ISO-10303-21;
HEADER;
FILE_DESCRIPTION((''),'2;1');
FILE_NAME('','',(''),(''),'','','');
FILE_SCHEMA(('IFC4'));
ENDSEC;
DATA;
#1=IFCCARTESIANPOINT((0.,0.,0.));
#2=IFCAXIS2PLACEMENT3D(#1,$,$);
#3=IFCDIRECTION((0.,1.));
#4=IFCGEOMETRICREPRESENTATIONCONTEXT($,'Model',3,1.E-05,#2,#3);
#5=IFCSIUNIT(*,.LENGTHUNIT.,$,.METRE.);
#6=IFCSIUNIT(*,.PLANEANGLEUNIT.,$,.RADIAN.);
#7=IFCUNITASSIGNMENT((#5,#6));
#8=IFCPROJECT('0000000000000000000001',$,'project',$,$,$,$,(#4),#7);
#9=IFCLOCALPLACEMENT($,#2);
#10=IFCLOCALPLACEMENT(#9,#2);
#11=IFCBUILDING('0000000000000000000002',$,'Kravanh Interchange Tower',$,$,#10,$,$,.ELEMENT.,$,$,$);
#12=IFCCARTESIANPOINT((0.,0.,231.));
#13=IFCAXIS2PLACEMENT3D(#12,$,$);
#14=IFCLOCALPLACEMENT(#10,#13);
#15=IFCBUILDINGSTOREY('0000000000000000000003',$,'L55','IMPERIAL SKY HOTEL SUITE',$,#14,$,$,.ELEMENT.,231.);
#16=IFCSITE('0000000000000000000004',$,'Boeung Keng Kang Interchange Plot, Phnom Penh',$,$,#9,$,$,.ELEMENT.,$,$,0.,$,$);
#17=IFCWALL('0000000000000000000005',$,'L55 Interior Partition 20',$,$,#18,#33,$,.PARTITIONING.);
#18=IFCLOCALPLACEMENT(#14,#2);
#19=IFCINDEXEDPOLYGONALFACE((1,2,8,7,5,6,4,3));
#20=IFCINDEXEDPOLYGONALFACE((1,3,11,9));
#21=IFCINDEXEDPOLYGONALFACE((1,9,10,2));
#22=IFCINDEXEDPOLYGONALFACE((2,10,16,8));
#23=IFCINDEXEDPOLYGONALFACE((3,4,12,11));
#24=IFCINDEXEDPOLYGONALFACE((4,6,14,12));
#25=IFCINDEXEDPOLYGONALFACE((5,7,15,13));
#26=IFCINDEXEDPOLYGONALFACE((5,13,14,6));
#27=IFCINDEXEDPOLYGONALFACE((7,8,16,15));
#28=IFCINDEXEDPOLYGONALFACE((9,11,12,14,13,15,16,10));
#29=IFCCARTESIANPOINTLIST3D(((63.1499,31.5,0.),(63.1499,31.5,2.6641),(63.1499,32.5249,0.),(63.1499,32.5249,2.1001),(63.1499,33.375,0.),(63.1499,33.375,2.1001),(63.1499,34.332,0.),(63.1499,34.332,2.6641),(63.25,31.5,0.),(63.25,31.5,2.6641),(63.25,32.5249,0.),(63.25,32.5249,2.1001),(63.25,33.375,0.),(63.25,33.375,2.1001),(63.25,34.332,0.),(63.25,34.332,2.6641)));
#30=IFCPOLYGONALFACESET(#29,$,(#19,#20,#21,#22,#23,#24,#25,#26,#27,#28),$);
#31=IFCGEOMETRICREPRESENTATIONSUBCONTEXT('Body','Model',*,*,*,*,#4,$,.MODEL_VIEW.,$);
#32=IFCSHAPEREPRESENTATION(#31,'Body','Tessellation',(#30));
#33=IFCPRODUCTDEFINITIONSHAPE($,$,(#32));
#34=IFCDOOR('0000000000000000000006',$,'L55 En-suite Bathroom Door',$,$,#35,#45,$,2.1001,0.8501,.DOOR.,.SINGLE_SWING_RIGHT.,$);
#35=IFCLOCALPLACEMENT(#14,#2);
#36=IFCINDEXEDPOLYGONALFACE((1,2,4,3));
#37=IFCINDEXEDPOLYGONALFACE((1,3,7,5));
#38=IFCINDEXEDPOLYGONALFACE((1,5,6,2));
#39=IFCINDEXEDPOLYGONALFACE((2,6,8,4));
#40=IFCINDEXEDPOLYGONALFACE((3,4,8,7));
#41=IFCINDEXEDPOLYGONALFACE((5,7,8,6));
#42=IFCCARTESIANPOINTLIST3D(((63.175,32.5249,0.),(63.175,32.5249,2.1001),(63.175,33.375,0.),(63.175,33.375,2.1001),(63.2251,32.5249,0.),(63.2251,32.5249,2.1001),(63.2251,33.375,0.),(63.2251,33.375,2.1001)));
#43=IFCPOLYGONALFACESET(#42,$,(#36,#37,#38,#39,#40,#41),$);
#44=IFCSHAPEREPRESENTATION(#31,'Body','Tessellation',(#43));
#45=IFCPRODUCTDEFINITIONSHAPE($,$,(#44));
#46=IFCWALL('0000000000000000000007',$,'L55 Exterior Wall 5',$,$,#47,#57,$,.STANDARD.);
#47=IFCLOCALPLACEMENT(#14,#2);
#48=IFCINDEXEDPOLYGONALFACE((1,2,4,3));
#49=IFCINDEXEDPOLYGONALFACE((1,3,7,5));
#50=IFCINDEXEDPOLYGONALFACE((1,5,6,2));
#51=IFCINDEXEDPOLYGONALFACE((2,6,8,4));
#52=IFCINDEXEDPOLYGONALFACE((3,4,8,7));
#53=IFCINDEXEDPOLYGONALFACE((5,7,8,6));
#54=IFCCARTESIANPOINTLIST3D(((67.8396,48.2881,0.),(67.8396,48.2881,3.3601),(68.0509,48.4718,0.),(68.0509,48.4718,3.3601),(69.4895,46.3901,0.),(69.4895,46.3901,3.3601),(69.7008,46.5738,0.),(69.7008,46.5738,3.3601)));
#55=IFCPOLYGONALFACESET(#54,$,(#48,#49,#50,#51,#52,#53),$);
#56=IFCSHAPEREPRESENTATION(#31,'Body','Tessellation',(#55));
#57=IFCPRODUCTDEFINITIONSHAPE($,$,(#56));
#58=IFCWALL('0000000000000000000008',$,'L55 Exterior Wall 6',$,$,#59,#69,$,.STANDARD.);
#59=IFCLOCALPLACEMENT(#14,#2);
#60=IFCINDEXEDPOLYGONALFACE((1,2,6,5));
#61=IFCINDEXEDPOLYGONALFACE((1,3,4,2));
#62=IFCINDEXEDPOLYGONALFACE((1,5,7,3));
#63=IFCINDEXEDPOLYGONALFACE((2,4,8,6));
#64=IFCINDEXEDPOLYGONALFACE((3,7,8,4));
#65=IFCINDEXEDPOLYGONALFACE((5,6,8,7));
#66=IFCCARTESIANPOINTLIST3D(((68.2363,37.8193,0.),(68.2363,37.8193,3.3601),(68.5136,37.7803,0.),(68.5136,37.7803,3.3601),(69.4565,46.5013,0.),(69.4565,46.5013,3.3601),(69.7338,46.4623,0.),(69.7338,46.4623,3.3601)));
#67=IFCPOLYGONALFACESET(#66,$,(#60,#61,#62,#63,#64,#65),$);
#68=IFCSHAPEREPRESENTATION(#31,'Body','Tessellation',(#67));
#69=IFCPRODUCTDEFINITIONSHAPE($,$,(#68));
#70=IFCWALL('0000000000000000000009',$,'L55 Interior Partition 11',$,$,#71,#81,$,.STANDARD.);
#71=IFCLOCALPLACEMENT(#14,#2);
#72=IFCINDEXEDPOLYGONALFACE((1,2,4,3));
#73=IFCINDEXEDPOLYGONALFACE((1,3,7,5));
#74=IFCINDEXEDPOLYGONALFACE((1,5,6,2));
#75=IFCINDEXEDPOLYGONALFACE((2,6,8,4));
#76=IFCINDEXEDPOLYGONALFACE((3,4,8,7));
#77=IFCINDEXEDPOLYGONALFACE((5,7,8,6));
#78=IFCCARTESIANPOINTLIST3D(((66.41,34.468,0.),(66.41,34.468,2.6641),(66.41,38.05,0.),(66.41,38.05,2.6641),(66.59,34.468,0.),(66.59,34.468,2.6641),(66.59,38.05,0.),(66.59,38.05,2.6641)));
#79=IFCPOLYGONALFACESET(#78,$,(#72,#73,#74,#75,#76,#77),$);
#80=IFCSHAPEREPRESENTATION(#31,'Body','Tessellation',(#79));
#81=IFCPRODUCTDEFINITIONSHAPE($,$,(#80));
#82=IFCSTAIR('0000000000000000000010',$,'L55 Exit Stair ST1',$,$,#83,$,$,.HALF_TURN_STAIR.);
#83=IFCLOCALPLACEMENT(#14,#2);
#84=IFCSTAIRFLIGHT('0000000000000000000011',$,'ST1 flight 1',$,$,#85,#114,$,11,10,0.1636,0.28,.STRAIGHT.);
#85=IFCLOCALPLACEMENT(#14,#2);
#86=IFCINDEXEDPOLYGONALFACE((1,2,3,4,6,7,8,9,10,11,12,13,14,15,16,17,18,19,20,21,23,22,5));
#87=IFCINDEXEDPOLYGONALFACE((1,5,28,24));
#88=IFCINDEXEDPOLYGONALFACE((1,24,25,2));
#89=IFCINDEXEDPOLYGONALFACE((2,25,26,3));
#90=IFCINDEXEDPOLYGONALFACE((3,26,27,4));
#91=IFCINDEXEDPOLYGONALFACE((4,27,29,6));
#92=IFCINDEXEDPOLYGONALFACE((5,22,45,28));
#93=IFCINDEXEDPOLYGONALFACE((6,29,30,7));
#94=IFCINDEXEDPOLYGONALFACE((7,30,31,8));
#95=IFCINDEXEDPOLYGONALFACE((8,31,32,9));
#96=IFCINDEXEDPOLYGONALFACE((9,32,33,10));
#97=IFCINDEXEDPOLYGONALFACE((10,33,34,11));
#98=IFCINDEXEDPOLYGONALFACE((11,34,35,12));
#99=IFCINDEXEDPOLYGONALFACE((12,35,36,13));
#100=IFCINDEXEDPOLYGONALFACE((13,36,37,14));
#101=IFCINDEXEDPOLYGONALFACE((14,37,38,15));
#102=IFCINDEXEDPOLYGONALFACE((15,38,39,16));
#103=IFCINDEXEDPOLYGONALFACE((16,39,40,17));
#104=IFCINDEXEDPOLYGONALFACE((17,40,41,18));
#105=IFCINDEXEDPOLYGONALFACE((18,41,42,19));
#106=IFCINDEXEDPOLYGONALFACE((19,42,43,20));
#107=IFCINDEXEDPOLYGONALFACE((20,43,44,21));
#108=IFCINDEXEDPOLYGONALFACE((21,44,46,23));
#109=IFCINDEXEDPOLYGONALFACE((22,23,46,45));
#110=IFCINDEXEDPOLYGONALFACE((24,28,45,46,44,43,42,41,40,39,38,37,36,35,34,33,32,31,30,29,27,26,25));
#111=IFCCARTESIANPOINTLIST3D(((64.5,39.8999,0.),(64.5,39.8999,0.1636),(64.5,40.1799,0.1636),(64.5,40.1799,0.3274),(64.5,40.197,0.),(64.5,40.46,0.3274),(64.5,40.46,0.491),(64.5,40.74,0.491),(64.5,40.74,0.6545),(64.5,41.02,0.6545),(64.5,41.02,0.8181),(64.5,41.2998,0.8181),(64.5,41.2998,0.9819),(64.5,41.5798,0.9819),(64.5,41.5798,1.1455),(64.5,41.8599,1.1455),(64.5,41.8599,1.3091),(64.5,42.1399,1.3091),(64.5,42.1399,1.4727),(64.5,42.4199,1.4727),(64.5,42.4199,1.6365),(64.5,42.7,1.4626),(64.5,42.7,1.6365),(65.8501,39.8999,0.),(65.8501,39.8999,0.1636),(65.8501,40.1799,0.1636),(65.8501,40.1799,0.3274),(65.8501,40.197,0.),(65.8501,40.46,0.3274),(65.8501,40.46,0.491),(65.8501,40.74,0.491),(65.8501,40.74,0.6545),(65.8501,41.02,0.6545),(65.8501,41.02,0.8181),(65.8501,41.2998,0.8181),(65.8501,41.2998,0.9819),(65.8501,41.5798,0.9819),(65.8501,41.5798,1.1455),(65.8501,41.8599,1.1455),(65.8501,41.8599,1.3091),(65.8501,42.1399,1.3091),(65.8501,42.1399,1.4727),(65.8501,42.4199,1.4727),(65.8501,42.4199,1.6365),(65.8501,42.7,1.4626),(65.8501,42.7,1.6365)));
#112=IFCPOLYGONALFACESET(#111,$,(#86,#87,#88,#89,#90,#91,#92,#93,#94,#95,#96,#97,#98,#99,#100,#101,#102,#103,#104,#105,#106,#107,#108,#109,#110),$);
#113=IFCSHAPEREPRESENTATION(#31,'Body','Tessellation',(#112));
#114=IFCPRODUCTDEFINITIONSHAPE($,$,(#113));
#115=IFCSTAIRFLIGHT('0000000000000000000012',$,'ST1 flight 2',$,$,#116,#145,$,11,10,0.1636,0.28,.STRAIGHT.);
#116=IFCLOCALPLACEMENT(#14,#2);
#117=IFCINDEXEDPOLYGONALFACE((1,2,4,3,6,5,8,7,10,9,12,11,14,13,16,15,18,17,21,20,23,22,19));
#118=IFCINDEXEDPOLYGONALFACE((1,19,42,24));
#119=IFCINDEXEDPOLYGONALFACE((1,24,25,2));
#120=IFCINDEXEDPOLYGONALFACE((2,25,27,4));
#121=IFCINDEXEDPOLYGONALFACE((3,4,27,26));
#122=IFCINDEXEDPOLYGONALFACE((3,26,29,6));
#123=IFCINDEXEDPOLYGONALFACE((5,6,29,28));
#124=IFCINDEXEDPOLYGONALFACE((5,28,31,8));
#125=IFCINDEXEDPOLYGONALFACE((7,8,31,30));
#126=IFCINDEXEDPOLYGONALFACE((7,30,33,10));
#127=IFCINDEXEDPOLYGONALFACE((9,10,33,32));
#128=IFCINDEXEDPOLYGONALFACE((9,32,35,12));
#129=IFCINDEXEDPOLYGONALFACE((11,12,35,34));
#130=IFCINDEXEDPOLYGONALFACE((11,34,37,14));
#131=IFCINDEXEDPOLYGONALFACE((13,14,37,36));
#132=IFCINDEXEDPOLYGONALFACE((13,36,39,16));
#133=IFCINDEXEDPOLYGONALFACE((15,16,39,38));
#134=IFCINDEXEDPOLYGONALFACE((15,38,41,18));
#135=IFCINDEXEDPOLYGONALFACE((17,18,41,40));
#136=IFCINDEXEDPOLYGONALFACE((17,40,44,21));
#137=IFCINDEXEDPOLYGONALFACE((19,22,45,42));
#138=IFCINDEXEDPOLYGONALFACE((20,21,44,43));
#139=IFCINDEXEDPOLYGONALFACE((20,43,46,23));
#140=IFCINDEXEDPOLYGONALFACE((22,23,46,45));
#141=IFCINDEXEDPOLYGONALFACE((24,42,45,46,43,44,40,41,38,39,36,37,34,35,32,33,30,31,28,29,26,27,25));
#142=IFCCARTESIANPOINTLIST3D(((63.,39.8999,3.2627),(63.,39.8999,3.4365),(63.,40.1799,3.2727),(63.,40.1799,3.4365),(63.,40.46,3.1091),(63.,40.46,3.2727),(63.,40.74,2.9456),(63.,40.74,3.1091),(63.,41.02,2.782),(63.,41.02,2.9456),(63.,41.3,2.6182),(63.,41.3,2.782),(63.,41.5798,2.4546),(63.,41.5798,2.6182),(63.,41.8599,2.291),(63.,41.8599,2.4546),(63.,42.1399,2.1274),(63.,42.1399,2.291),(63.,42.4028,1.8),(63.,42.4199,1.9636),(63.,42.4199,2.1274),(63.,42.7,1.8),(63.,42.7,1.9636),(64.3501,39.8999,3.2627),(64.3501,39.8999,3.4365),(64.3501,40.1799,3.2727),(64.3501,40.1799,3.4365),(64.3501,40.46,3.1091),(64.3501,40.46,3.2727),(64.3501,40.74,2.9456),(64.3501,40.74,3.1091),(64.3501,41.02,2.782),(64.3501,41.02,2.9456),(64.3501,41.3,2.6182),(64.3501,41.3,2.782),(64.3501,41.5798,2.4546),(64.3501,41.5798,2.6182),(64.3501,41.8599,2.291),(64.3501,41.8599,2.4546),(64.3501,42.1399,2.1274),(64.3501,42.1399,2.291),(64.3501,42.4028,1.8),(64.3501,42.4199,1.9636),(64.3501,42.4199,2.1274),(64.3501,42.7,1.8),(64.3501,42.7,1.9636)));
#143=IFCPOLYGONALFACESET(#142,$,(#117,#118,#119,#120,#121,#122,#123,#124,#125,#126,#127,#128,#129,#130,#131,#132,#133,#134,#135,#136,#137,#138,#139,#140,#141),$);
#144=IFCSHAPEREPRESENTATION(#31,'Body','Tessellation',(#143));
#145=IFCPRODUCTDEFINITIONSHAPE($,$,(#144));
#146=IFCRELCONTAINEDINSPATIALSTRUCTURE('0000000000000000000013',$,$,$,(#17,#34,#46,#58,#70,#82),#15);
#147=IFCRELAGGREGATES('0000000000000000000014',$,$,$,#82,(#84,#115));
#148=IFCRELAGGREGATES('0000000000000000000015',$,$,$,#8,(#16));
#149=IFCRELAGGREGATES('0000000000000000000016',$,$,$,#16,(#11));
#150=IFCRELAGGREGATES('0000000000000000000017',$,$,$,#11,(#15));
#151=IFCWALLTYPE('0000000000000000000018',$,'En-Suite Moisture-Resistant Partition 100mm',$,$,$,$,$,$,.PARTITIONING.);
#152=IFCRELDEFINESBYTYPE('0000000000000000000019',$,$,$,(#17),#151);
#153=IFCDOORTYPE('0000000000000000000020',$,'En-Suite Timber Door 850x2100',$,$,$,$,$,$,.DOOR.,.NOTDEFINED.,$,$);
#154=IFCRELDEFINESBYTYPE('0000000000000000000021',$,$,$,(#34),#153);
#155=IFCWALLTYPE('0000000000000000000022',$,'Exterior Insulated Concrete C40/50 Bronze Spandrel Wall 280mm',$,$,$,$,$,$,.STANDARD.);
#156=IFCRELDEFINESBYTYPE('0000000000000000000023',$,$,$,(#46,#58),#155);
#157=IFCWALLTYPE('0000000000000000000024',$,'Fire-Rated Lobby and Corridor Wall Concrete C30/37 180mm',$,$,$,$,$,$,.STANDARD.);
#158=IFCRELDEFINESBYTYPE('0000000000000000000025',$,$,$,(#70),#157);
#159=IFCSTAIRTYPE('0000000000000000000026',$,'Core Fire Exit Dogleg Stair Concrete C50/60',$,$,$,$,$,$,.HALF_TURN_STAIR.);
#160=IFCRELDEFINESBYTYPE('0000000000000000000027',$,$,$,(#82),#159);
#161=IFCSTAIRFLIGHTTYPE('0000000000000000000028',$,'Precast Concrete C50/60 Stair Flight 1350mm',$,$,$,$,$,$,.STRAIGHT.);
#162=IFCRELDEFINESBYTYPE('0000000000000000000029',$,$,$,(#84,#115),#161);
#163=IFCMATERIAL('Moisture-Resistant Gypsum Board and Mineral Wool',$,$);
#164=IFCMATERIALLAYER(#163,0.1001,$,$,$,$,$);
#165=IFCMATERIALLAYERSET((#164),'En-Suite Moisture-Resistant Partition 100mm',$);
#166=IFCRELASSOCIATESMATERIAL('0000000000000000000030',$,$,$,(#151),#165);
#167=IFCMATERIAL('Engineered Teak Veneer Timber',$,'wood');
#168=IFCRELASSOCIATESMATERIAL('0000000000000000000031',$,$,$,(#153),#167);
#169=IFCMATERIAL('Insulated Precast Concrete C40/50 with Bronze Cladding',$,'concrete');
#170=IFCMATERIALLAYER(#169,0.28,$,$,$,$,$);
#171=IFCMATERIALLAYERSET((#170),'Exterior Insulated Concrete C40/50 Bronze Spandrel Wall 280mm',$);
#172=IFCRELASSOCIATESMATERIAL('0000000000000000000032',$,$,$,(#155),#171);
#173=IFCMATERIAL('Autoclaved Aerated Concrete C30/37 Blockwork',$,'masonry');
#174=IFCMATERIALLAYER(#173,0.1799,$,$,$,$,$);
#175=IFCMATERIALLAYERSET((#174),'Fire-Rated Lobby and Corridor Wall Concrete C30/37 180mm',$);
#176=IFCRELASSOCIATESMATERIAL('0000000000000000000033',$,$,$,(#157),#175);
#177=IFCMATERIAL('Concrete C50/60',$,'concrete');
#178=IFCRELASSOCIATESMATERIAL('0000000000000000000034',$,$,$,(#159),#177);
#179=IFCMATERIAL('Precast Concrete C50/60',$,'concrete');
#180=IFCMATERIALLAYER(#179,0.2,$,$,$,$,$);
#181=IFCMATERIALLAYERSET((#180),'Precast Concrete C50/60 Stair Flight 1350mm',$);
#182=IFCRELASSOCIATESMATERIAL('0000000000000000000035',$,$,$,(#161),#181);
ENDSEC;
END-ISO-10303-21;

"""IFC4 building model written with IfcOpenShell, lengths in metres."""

from ifc_helpers import new_model, si_unit, direction, frame, frame_2d, origin, place, context, subcontext, project, spatial, polyline, rectangle, outline, extrude, material, layer, layer_set, type_object, element, fill, aggregate, save


model = new_model("IFC4")

# Units and contexts
model_context = context("Model", 3, precision=1e-05, world=origin(), true_north=direction((0.0, 1.0)))
body_context = subcontext(model_context, "Body", "Model", "MODEL_VIEW")
ifc_project = project(units=[si_unit("LENGTHUNIT", "METRE"), si_unit("PLANEANGLEUNIT", "RADIAN")], contexts=[model_context])

# Site, building, storey
site_placement = place(None, origin())
site = spatial("IfcSite", under=ifc_project, at=site_placement, Name="Boeung Keng Kang Interchange Plot, Phnom Penh", CompositionType="ELEMENT", RefElevation=0.0)
building_placement = place(site_placement, origin())
building = spatial("IfcBuilding", under=site, at=building_placement, Name="Kravanh Interchange Tower", CompositionType="ELEMENT")
storey_placement = place(building_placement, frame((0.0, 0.0, 231.0)))
storey = spatial("IfcBuildingStorey", under=building, at=storey_placement, Name="L55", Description="IMPERIAL SKY HOTEL SUITE", CompositionType="ELEMENT", Elevation=231.0)

# Shared definitions
ifc_material_1 = material(Name="Moisture-Resistant Gypsum Board and Mineral Wool")
ifc_layer_1 = layer(ifc_material_1, 0.1001)
ifc_layer_set_1 = layer_set([ifc_layer_1], Name="En-Suite Moisture-Resistant Partition 100mm")
wall_type_1 = type_object("IfcWallType", Name="En-Suite Moisture-Resistant Partition 100mm", PredefinedType="PARTITIONING", material=ifc_layer_set_1)

# Wall, opening, door
wall_1_placement = place(storey_placement, frame((63.2, 31.5, 0.0), z_axis=(0.0, 0.0, 1.0), x_axis=(0.0, 1.0, 0.0)))
wall_1 = element("IfcWall", 1, at=wall_1_placement, inside=storey, type_object=wall_type_1, Name="L55 Interior Partition 20", PredefinedType="PARTITIONING", context=body_context, shape_type="SweptSolid", body=[
    extrude(rectangle(XDim=2.832, YDim=0.1001, at=frame_2d((1.416, 0.0))), origin(), (0.0, 0.0, 1.0), 2.6641),
])
opening_1_placement = place(wall_1_placement, frame((1.0249, 0.0, 0.0)))
opening_1 = element("IfcOpeningElement", 2, at=opening_1_placement, cuts=wall_1, PredefinedType="OPENING", context=body_context, shape_type="SweptSolid", body=[
    extrude(rectangle(XDim=0.8501, YDim=2.1001, at=frame_2d((0.425, 1.05))), frame((0.0, 0.0601, 0.0), z_axis=(0.0, -1.0, 0.0), x_axis=(1.0, 0.0, 0.0)), (0.0, 0.0, 1.0), 0.1201),
])
ifc_material_2 = material(Name="Engineered Teak Veneer Timber", Category="wood")
door_type_1 = type_object("IfcDoorType", Name="En-Suite Timber Door 850x2100", OperationType="NOTDEFINED", PredefinedType="DOOR", material=ifc_material_2)
door_1_placement = place(opening_1_placement, origin())
door_1 = element("IfcDoor", 3, at=door_1_placement, inside=storey, type_object=door_type_1, Name="L55 En-suite Bathroom Door", OperationType="SINGLE_SWING_RIGHT", OverallHeight=2.1001, OverallWidth=0.8501, PredefinedType="DOOR", context=body_context, shape_type="SweptSolid", body=[
    extrude(rectangle(XDim=0.8501, YDim=2.1001, at=frame_2d((0.425, 1.05))), frame((0.0, 0.0249, 0.0), z_axis=(0.0, -1.0, 0.0), x_axis=(1.0, 0.0, 0.0)), (0.0, 0.0, 1.0), 0.05),
])
fill(opening_1, door_1)

# Walls
ifc_material_3 = material(Name="Insulated Precast Concrete C40/50 with Bronze Cladding", Category="concrete")
ifc_layer_2 = layer(ifc_material_3, 0.28)
ifc_layer_set_2 = layer_set([ifc_layer_2], Name="Exterior Insulated Concrete C40/50 Bronze Spandrel Wall 280mm")
wall_type_2 = type_object("IfcWallType", Name="Exterior Insulated Concrete C40/50 Bronze Spandrel Wall 280mm", PredefinedType="STANDARD", material=ifc_layer_set_2)
wall_2_placement = place(storey_placement, frame((67.9453, 48.3799, 0.0), z_axis=(0.0, 0.0, 1.0), x_axis=(0.656068, -0.754702, 0.0)))
element("IfcWall", 4, at=wall_2_placement, inside=storey, type_object=wall_type_2, Name="L55 Exterior Wall 5", PredefinedType="STANDARD", context=body_context, shape_type="SweptSolid", body=[
    extrude(rectangle(XDim=2.5149, YDim=0.28, at=frame_2d((1.2573, 0.0))), origin(), (0.0, 0.0, 1.0), 3.3601),
])
wall_3_placement = place(storey_placement, frame((69.5952, 46.4819, 0.0), z_axis=(0.0, 0.0, 1.0), x_axis=(-0.139179, -0.990267, 0.0)))
element("IfcWall", 5, at=wall_3_placement, inside=storey, type_object=wall_type_2, Name="L55 Exterior Wall 6", PredefinedType="STANDARD", context=body_context, shape_type="SweptSolid", body=[
    extrude(rectangle(XDim=8.7673, YDim=0.28, at=frame_2d((4.3838, 0.0))), origin(), (0.0, 0.0, 1.0), 3.3601),
])
ifc_material_4 = material(Name="Autoclaved Aerated Concrete C30/37 Blockwork", Category="masonry")
ifc_layer_3 = layer(ifc_material_4, 0.1799)
ifc_layer_set_3 = layer_set([ifc_layer_3], Name="Fire-Rated Lobby and Corridor Wall Concrete C30/37 180mm")
wall_type_3 = type_object("IfcWallType", Name="Fire-Rated Lobby and Corridor Wall Concrete C30/37 180mm", PredefinedType="STANDARD", material=ifc_layer_set_3)
wall_4_placement = place(storey_placement, frame((66.5, 34.468, 0.0), z_axis=(0.0, 0.0, 1.0), x_axis=(0.0, 1.0, 0.0)))
element("IfcWall", 6, at=wall_4_placement, inside=storey, type_object=wall_type_3, Name="L55 Interior Partition 11", PredefinedType="STANDARD", context=body_context, shape_type="SweptSolid", body=[
    extrude(rectangle(XDim=3.582, YDim=0.1799, at=frame_2d((1.791, 0.0))), origin(), (0.0, 0.0, 1.0), 2.6641),
])

# Stair, stair flights
ifc_material_5 = material(Name="Concrete C50/60", Category="concrete")
stair_type = type_object("IfcStairType", Name="Core Fire Exit Dogleg Stair Concrete C50/60", PredefinedType="HALF_TURN_STAIR", material=ifc_material_5)
stair_placement = place(storey_placement, origin())
stair = element("IfcStair", 7, at=stair_placement, inside=storey, type_object=stair_type, Name="L55 Exit Stair ST1", PredefinedType="HALF_TURN_STAIR")
ifc_material_6 = material(Name="Precast Concrete C50/60", Category="concrete")
ifc_layer_4 = layer(ifc_material_6, 0.2)
ifc_layer_set_4 = layer_set([ifc_layer_4], Name="Precast Concrete C50/60 Stair Flight 1350mm")
stair_flight_type = type_object("IfcStairFlightType", Name="Precast Concrete C50/60 Stair Flight 1350mm", PredefinedType="STRAIGHT", material=ifc_layer_set_4)
stair_flight_1_placement = place(storey_placement, frame((65.175, 39.8999, 0.0), z_axis=(0.0, 0.0, 1.0), x_axis=(0.0, 1.0, 0.0)))
stair_flight_1 = element("IfcStairFlight", 8, at=stair_flight_1_placement, type_object=stair_flight_type, Name="ST1 flight 1", NumberOfRisers=11, NumberOfTreads=10, PredefinedType="STRAIGHT", RiserHeight=0.1636, TreadLength=0.28, context=body_context, shape_type="SweptSolid", body=[
    extrude(outline(polyline([(0.0, 0.0), (0.0, 0.1636), (0.28, 0.1636), (0.28, 0.3274), (0.5601, 0.3274), (0.5601, 0.491), (0.8401, 0.491), (0.8401, 0.6545), (1.1201, 0.6545), (1.1201, 0.8181), (1.3999, 0.8181), (1.3999, 0.9819), (1.6799, 0.9819), (1.6799, 1.1455), (1.96, 1.1455), (1.96, 1.3091), (2.24, 1.3091), (2.24, 1.4727), (2.52, 1.4727), (2.52, 1.6365), (2.8, 1.6365), (2.8, 1.8), (2.8, 1.4626), (0.2971, 0.0), (0.0, 0.0)])), frame((0.0, 0.675, 0.0), z_axis=(0.0, -1.0, 0.0), x_axis=(1.0, 0.0, 0.0)), (0.0, 0.0, 1.0), 1.3501),
])
stair_flight_2_placement = place(storey_placement, frame((63.675, 42.7, 1.8), z_axis=(0.0, 0.0, 1.0), x_axis=(0.0, -1.0, 0.0)))
stair_flight_2 = element("IfcStairFlight", 9, at=stair_flight_2_placement, type_object=stair_flight_type, Name="ST1 flight 2", NumberOfRisers=11, NumberOfTreads=10, PredefinedType="STRAIGHT", RiserHeight=0.1636, TreadLength=0.28, context=body_context, shape_type="SweptSolid", body=[
    extrude(outline(polyline([(0.0, 0.0), (0.0, 0.1636), (0.28, 0.1636), (0.28, 0.3274), (0.5601, 0.3274), (0.5601, 0.491), (0.8401, 0.491), (0.8401, 0.6545), (1.1201, 0.6545), (1.1201, 0.8181), (1.3999, 0.8181), (1.3999, 0.9819), (1.6799, 0.9819), (1.6799, 1.1455), (1.96, 1.1455), (1.96, 1.3091), (2.24, 1.3091), (2.24, 1.4727), (2.52, 1.4727), (2.52, 1.6365), (2.8, 1.6365), (2.8, 1.8), (2.8, 1.4626), (0.2971, 0.0), (0.0, 0.0)])), frame((0.0, 0.675, 0.0), z_axis=(0.0, -1.0, 0.0), x_axis=(1.0, 0.0, 0.0)), (0.0, 0.0, 1.0), 1.3501),
])
aggregate(stair, [stair_flight_1, stair_flight_2])

save(model, "model.ifc")
